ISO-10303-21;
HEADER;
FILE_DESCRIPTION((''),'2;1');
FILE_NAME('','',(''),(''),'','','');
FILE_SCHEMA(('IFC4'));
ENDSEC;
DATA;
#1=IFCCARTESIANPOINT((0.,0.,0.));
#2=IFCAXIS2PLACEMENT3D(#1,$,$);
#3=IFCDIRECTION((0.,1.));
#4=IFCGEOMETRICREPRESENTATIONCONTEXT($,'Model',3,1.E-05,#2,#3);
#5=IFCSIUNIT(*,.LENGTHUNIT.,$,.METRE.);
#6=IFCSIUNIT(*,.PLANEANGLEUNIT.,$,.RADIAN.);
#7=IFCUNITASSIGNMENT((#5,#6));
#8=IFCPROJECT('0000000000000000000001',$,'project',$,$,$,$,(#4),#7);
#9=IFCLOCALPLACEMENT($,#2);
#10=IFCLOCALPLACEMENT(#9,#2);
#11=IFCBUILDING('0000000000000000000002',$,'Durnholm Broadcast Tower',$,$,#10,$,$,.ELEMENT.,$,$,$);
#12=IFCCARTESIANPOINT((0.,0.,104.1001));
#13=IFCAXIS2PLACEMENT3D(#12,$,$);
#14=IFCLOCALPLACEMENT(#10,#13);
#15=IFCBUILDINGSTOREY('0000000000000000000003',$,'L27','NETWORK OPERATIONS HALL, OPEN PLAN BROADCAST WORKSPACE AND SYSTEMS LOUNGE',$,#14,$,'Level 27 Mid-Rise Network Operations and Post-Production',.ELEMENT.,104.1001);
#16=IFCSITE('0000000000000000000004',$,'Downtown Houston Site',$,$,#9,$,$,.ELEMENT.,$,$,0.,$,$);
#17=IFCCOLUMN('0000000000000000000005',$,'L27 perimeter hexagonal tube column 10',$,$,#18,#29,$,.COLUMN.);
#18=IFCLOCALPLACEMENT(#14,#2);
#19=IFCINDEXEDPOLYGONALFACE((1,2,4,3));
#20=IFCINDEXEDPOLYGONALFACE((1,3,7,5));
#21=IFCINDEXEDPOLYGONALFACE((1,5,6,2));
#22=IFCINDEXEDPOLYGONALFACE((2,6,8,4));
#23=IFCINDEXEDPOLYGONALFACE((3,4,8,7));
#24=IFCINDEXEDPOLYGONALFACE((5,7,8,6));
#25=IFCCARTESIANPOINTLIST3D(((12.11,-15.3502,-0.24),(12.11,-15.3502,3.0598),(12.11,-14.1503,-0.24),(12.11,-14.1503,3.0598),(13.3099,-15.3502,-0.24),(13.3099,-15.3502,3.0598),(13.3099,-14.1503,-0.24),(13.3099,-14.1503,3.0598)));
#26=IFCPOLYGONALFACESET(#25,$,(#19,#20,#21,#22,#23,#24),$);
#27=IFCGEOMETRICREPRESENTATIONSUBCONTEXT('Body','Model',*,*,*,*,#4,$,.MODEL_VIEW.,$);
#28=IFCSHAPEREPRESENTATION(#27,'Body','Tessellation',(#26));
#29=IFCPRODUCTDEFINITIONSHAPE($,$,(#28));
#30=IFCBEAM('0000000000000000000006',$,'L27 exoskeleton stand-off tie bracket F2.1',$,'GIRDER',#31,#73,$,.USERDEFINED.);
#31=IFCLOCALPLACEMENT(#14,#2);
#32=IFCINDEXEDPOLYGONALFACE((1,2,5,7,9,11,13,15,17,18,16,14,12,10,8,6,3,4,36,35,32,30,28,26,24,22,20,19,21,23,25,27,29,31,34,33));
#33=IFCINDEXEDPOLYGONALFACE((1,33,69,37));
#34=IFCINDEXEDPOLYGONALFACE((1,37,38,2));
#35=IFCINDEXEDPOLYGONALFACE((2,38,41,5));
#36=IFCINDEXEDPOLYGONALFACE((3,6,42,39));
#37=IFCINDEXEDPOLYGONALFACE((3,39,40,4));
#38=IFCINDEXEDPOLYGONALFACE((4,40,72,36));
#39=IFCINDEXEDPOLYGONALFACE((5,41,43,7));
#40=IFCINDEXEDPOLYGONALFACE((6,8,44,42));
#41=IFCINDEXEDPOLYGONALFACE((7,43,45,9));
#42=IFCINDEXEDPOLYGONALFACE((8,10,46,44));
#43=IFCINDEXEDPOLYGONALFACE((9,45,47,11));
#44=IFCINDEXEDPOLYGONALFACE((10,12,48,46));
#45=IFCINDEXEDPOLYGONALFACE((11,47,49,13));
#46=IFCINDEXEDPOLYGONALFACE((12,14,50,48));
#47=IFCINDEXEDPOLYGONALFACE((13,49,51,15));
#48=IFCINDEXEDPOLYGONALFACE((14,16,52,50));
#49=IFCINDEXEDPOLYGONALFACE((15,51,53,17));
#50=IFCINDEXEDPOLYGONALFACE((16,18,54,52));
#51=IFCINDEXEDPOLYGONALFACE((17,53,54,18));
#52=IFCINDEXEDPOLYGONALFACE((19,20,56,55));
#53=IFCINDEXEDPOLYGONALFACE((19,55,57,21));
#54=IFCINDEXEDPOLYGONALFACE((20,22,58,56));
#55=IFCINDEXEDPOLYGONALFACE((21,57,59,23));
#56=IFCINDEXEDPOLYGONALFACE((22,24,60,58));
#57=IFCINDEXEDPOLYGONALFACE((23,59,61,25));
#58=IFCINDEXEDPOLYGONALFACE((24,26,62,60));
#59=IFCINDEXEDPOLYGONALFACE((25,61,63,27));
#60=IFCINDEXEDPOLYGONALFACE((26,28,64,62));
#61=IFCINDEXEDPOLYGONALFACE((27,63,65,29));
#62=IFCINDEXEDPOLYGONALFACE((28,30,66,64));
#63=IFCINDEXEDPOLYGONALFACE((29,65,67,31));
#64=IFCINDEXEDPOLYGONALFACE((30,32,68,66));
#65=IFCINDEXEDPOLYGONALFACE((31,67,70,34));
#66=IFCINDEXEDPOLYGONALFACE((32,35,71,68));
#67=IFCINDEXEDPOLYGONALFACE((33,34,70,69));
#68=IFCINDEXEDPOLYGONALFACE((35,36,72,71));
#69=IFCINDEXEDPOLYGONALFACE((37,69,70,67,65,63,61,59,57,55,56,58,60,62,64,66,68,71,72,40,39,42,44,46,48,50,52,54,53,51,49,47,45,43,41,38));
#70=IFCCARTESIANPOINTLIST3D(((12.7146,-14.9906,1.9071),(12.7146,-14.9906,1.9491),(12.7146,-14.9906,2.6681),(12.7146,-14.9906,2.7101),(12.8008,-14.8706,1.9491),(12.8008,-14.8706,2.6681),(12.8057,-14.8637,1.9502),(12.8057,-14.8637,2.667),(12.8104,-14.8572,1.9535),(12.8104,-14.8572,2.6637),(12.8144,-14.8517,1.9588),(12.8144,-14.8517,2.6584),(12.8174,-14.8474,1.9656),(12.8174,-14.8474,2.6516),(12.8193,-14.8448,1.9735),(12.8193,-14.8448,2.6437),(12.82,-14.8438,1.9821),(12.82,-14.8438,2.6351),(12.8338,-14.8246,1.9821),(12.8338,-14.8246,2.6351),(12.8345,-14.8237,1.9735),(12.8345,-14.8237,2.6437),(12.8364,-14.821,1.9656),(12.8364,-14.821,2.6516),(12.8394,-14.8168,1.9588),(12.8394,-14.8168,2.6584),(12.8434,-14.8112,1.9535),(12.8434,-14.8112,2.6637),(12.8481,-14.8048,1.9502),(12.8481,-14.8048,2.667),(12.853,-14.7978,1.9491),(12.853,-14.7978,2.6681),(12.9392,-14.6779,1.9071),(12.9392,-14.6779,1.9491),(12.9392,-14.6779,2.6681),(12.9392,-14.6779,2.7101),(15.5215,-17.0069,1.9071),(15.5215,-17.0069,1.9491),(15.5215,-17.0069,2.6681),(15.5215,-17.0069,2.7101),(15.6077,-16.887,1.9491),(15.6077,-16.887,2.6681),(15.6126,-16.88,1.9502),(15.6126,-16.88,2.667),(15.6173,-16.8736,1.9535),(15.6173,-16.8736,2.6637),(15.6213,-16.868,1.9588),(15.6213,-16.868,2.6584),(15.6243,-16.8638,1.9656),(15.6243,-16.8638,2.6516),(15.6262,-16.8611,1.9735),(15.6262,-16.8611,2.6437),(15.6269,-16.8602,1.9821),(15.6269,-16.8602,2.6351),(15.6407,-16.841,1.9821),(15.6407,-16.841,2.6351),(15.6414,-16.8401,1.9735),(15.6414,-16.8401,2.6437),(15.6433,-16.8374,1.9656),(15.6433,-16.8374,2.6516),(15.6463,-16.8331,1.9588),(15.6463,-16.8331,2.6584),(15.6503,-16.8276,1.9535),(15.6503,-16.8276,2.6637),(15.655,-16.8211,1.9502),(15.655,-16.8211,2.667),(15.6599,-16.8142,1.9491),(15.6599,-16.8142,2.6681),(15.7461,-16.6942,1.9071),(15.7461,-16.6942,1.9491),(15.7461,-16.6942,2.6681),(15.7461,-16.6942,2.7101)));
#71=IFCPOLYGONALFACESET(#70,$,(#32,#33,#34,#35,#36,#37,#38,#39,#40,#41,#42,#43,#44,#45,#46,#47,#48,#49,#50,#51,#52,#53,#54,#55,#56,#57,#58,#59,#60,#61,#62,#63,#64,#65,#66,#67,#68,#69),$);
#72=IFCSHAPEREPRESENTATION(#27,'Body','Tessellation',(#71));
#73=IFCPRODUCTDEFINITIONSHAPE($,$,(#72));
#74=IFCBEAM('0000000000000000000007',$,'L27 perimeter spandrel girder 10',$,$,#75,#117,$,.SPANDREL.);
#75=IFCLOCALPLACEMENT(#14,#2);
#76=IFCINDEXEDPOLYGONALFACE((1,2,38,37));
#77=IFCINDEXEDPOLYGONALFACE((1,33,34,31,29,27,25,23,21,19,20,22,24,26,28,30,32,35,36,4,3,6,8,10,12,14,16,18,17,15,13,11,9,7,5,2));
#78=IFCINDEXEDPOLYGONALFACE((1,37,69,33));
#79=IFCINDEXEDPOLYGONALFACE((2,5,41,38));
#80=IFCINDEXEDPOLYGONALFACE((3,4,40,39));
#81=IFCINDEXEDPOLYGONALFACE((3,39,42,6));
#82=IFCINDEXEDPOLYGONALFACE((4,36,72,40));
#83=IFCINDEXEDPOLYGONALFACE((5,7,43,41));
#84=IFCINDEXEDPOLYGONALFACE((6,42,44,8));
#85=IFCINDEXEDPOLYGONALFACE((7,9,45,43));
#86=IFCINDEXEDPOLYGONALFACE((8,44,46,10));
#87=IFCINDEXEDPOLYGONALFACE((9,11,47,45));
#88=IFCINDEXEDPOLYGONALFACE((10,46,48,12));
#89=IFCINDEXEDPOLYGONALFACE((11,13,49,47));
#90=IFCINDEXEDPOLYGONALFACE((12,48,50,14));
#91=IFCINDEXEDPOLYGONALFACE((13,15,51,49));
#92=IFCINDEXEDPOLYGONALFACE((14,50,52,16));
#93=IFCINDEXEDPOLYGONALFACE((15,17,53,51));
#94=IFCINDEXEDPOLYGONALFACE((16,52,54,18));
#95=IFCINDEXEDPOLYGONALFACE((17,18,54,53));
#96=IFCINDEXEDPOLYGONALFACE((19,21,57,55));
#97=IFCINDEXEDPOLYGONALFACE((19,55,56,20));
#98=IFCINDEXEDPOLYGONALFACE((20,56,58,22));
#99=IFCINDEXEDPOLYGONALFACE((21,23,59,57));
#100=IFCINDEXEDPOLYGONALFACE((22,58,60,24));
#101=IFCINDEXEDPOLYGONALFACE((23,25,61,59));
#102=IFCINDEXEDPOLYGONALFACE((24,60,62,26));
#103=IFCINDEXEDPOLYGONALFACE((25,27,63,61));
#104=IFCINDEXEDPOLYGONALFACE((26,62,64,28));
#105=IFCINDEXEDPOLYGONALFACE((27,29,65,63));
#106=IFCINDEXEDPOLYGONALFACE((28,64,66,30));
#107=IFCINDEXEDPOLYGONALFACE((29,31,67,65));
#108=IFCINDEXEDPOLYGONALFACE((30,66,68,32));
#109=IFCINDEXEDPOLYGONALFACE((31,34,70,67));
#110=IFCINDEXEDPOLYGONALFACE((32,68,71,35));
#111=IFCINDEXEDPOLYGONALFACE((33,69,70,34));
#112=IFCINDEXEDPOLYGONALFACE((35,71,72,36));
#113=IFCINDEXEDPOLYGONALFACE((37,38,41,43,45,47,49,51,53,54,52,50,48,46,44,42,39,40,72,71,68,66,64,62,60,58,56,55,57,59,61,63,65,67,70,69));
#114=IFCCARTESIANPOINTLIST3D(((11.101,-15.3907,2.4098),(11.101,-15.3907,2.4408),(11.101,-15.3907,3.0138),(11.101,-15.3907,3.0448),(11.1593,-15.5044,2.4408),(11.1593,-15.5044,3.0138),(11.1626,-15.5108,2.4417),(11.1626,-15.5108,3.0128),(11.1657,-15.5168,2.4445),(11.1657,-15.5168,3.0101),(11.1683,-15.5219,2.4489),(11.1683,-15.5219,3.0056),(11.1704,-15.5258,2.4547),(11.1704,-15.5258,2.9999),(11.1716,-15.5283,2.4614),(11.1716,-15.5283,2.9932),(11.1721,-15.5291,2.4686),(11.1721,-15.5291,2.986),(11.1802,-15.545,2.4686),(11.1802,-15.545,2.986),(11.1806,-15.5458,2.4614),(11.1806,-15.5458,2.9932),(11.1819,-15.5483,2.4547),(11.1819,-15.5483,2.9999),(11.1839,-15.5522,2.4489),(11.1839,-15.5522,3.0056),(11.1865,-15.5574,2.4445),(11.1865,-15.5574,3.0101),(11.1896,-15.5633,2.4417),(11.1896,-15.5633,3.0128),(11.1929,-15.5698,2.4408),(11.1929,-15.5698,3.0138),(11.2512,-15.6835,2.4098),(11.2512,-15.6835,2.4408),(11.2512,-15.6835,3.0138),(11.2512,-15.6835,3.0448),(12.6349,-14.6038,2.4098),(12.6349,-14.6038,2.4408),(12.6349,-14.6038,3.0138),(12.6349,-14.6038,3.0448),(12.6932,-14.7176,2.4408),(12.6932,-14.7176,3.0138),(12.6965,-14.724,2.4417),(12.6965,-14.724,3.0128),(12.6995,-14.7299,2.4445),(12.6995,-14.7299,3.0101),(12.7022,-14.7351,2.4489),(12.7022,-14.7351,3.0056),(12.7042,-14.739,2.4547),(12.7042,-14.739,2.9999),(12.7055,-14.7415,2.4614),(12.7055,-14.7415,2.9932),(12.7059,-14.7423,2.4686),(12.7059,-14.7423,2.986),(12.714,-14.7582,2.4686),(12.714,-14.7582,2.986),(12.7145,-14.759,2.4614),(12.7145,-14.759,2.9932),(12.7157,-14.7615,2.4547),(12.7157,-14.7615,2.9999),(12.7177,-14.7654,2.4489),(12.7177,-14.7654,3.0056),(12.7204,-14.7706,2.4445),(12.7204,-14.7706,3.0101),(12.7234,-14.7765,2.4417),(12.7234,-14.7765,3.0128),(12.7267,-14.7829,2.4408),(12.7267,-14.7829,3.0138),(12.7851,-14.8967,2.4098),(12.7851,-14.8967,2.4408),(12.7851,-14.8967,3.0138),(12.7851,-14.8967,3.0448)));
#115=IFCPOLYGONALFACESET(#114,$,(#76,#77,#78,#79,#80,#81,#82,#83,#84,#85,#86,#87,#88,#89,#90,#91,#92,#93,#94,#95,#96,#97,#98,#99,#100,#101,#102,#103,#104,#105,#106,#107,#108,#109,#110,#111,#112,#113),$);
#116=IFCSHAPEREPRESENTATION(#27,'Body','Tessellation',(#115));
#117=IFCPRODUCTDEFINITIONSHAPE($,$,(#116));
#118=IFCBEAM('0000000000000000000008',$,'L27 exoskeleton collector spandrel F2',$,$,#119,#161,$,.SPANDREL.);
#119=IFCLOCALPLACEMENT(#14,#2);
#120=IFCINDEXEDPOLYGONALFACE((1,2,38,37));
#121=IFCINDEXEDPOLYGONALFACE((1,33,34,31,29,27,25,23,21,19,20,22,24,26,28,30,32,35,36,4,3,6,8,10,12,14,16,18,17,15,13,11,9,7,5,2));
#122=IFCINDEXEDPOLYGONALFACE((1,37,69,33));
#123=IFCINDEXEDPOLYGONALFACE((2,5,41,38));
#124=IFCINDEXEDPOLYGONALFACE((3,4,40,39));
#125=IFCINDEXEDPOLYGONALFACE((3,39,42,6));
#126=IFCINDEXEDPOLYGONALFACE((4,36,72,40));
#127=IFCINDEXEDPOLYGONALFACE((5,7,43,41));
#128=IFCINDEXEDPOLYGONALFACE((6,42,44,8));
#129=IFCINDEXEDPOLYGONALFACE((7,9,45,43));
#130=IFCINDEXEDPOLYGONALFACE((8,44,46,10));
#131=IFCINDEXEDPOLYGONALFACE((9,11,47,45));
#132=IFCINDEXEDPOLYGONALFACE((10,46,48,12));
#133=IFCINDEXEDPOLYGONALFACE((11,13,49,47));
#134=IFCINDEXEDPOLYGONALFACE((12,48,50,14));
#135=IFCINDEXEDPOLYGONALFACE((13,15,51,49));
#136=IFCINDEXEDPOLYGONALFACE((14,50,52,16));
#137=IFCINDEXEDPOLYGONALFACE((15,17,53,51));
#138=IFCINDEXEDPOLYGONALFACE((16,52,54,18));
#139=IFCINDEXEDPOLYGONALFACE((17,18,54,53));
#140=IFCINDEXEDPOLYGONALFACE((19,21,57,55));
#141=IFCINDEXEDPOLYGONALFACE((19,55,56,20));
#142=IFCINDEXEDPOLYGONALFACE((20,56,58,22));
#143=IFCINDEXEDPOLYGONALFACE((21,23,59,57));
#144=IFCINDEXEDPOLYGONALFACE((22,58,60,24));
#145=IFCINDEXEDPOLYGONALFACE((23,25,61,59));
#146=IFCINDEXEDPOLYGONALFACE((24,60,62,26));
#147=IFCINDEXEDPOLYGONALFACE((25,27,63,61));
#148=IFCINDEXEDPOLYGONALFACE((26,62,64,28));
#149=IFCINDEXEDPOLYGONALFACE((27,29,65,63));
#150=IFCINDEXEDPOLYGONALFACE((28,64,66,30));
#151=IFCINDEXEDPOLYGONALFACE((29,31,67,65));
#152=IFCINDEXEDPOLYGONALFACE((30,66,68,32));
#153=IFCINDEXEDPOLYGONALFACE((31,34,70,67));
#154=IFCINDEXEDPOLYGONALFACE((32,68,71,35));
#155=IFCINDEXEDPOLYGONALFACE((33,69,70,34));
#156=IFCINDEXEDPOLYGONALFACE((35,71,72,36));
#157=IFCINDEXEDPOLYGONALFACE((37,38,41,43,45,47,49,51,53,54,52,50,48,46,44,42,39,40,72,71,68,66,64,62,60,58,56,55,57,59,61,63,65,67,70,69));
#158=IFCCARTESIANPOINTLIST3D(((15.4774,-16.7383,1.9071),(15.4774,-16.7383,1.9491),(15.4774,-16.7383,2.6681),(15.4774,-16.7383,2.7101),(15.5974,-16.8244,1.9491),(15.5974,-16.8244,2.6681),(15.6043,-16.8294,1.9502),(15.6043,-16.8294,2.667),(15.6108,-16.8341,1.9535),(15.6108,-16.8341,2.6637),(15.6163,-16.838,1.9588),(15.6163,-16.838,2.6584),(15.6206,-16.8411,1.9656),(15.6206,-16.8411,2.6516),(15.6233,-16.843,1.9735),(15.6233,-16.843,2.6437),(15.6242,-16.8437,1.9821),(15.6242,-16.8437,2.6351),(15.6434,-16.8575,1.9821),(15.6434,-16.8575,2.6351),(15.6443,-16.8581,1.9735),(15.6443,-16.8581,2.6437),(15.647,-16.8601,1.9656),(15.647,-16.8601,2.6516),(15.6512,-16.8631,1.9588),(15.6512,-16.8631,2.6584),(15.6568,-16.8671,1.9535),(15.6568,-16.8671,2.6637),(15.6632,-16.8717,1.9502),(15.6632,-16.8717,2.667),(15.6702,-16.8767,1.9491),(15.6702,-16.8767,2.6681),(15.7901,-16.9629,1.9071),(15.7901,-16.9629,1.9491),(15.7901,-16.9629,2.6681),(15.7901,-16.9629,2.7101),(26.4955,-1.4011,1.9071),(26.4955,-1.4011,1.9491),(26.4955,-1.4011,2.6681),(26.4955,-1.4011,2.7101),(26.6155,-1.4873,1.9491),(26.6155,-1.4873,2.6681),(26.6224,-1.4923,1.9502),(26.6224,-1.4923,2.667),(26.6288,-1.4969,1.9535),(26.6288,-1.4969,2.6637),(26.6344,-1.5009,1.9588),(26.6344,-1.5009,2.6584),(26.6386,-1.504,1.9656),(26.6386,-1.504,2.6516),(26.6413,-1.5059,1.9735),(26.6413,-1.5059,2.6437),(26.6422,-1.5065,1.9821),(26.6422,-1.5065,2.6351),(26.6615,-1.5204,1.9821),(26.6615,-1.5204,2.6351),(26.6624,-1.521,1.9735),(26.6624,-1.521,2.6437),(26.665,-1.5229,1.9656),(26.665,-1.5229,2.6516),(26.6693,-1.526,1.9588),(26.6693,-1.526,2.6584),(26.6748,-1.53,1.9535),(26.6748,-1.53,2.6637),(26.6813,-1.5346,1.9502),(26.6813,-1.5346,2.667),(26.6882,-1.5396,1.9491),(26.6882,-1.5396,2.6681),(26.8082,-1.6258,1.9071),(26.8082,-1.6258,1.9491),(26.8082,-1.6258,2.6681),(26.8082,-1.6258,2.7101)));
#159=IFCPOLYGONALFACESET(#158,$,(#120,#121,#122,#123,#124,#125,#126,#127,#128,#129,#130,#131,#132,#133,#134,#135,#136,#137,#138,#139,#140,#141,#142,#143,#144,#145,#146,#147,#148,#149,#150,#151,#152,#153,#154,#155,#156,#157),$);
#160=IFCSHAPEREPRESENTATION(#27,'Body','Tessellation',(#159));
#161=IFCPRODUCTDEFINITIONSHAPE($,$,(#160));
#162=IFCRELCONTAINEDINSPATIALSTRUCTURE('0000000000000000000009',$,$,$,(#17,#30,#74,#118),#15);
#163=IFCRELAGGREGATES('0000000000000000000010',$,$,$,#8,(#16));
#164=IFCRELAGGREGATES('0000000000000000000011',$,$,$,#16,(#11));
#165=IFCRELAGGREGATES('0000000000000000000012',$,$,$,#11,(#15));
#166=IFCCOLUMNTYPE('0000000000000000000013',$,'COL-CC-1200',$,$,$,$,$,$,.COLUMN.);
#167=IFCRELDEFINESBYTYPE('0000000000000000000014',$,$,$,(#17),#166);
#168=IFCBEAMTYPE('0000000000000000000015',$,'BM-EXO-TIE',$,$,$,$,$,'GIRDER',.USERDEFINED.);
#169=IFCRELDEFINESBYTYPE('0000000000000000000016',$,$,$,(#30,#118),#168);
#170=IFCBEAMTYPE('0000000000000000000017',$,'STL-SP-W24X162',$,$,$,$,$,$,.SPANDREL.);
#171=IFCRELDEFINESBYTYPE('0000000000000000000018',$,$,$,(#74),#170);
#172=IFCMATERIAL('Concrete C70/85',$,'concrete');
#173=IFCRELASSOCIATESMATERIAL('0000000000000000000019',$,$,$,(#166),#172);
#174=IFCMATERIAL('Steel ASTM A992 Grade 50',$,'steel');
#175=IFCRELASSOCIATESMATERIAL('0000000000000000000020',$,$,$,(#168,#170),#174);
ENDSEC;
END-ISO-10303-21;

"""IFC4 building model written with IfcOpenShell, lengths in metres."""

from ifc_helpers import new_model, si_unit, direction, frame, origin, origin_2d, place, context, subcontext, project, spatial, rectangle, i_section, extrude, source, transform, mapped, material, material_profile, profile_set, type_object, type_shapes, element, save


model = new_model("IFC4")

# Units and contexts
model_context = context("Model", 3, precision=1e-05, world=origin(), true_north=direction((0.0, 1.0)))
body_context = subcontext(model_context, "Body", "Model", "MODEL_VIEW")
ifc_project = project(units=[si_unit("LENGTHUNIT", "METRE"), si_unit("PLANEANGLEUNIT", "RADIAN")], contexts=[model_context])

# Site, building, storey
site_placement = place(None, origin())
site = spatial("IfcSite", under=ifc_project, at=site_placement, Name="Downtown Houston Site", CompositionType="ELEMENT", RefElevation=0.0)
building_placement = place(site_placement, origin())
building = spatial("IfcBuilding", under=site, at=building_placement, Name="Durnholm Broadcast Tower", CompositionType="ELEMENT")
storey_placement = place(building_placement, frame((0.0, 0.0, 104.1001)))
storey = spatial("IfcBuildingStorey", under=building, at=storey_placement, Name="L27", Description="NETWORK OPERATIONS HALL, OPEN PLAN BROADCAST WORKSPACE AND SYSTEMS LOUNGE", LongName="Level 27 Mid-Rise Network Operations and Post-Production", CompositionType="ELEMENT", Elevation=104.1001)

# Column
ifc_material_1 = material(Name="Concrete C70/85", Category="concrete")
ifc_material_profile_1 = material_profile(ifc_material_1, rectangle(XDim=1.2, YDim=1.2, at=origin_2d()), Name="RC1200X1200")
ifc_profile_set_1 = profile_set([ifc_material_profile_1], Name="Concrete C70/85")
column_type = type_object("IfcColumnType", Name="COL-CC-1200", PredefinedType="COLUMN", material=ifc_profile_set_1)
shared_shape_1 = source(origin(), body_context, "Body", "SweptSolid", [
    extrude(rectangle(XDim=1.2, YDim=1.2, at=origin_2d()), origin(), (0.0, 0.0, 1.0), 3.2998),
])
type_shapes(column_type, [shared_shape_1])
column_placement = place(storey_placement, frame((12.71, -14.7502, -0.24), z_axis=(0.0, 0.0, 1.0), x_axis=(1.0, 0.0, 0.0)))
element("IfcColumn", 1, at=column_placement, inside=storey, type_object=column_type, Name="L27 perimeter hexagonal tube column 10", PredefinedType="COLUMN", context=body_context, shape_type="MappedRepresentation", body=[
    mapped(shared_shape_1, transform((0.0, 0.0, 0.0), x_axis=(1.0, 0.0, 0.0), y_axis=(0.0, 1.0, 0.0), z_axis=(0.0, 0.0, 1.0), scale=1.0)),
])

# Beams
ifc_material_2 = material(Name="Steel ASTM A992 Grade 50", Category="steel")
ifc_material_profile_2 = material_profile(ifc_material_2, i_section(OverallWidth=0.385, OverallDepth=0.803, WebThickness=0.0237, FlangeThickness=0.042, FilletRadius=0.033, at=origin_2d()), Name="W30X261")
ifc_profile_set_2 = profile_set([ifc_material_profile_2], Name="Steel ASTM A992 Grade 50")
beam_type_1 = type_object("IfcBeamType", Name="BM-EXO-TIE", ElementType="GIRDER", PredefinedType="USERDEFINED", material=ifc_profile_set_2)
shared_shape_2 = source(origin(), body_context, "Body", "SweptSolid", [
    extrude(i_section(OverallWidth=0.385, OverallDepth=0.803, WebThickness=0.0237, FlangeThickness=0.042, FilletRadius=0.033, at=origin_2d()), origin(), (0.0, 0.0, 1.0), 3.4561),
])
beam_1_placement = place(storey_placement, frame((12.8269, -14.8342, 2.3086), z_axis=(0.812165, -0.583428, 0.0), x_axis=(0.583428, 0.812165, 0.0)))
element("IfcBeam", 2, at=beam_1_placement, inside=storey, type_object=beam_type_1, Name="L27 exoskeleton stand-off tie bracket F2.1", ObjectType="GIRDER", PredefinedType="USERDEFINED", context=body_context, shape_type="MappedRepresentation", body=[
    mapped(shared_shape_2, transform((0.0, 0.0, 0.0), x_axis=(1.0, 0.0, 0.0), y_axis=(0.0, 1.0, 0.0), z_axis=(0.0, 0.0, 1.0), scale=1.0)),
])
ifc_material_profile_3 = material_profile(ifc_material_2, i_section(OverallWidth=0.3291, OverallDepth=0.635, WebThickness=0.0178, FlangeThickness=0.031, FilletRadius=0.0278, at=origin_2d()), Name="W24X162")
ifc_profile_set_3 = profile_set([ifc_material_profile_3], Name="Steel ASTM A992 Grade 50")
beam_type_2 = type_object("IfcBeamType", Name="STL-SP-W24X162", PredefinedType="SPANDREL", material=ifc_profile_set_3)
shared_shape_3 = source(origin(), body_context, "Body", "SweptSolid", [
    extrude(i_section(OverallWidth=0.3291, OverallDepth=0.635, WebThickness=0.0178, FlangeThickness=0.031, FilletRadius=0.0278, at=origin_2d()), origin(), (0.0, 0.0, 1.0), 1.7239),
])
type_shapes(beam_type_2, [shared_shape_3])
beam_2_placement = place(storey_placement, frame((12.71, -14.7502, 2.7273), z_axis=(-0.889763, -0.456423, 0.0), x_axis=(0.456423, -0.889763, 0.0)))
element("IfcBeam", 3, at=beam_2_placement, inside=storey, type_object=beam_type_2, Name="L27 perimeter spandrel girder 10", PredefinedType="SPANDREL", context=body_context, shape_type="MappedRepresentation", body=[
    mapped(shared_shape_3, transform((0.0, 0.0, 0.0), x_axis=(1.0, 0.0, 0.0), y_axis=(0.0, 1.0, 0.0), z_axis=(0.0, 0.0, 1.0), scale=1.0)),
])
shared_shape_4 = source(origin(), body_context, "Body", "SweptSolid", [
    extrude(i_section(OverallWidth=0.385, OverallDepth=0.803, WebThickness=0.0237, FlangeThickness=0.042, FilletRadius=0.033, at=origin_2d()), origin(), (0.0, 0.0, 1.0), 18.8845),
])
type_shapes(beam_type_1, [shared_shape_2, shared_shape_4])
beam_3_placement = place(storey_placement, frame((15.6338, -16.8506, 2.3086), z_axis=(0.583443, 0.812154, 0.0), x_axis=(-0.812154, 0.583443, 0.0)))
element("IfcBeam", 4, at=beam_3_placement, inside=storey, type_object=beam_type_1, Name="L27 exoskeleton collector spandrel F2", PredefinedType="SPANDREL", context=body_context, shape_type="MappedRepresentation", body=[
    mapped(shared_shape_4, transform((0.0, 0.0, 0.0), x_axis=(1.0, 0.0, 0.0), y_axis=(0.0, 1.0, 0.0), z_axis=(0.0, 0.0, 1.0), scale=1.0)),
])

save(model, "model.ifc")
